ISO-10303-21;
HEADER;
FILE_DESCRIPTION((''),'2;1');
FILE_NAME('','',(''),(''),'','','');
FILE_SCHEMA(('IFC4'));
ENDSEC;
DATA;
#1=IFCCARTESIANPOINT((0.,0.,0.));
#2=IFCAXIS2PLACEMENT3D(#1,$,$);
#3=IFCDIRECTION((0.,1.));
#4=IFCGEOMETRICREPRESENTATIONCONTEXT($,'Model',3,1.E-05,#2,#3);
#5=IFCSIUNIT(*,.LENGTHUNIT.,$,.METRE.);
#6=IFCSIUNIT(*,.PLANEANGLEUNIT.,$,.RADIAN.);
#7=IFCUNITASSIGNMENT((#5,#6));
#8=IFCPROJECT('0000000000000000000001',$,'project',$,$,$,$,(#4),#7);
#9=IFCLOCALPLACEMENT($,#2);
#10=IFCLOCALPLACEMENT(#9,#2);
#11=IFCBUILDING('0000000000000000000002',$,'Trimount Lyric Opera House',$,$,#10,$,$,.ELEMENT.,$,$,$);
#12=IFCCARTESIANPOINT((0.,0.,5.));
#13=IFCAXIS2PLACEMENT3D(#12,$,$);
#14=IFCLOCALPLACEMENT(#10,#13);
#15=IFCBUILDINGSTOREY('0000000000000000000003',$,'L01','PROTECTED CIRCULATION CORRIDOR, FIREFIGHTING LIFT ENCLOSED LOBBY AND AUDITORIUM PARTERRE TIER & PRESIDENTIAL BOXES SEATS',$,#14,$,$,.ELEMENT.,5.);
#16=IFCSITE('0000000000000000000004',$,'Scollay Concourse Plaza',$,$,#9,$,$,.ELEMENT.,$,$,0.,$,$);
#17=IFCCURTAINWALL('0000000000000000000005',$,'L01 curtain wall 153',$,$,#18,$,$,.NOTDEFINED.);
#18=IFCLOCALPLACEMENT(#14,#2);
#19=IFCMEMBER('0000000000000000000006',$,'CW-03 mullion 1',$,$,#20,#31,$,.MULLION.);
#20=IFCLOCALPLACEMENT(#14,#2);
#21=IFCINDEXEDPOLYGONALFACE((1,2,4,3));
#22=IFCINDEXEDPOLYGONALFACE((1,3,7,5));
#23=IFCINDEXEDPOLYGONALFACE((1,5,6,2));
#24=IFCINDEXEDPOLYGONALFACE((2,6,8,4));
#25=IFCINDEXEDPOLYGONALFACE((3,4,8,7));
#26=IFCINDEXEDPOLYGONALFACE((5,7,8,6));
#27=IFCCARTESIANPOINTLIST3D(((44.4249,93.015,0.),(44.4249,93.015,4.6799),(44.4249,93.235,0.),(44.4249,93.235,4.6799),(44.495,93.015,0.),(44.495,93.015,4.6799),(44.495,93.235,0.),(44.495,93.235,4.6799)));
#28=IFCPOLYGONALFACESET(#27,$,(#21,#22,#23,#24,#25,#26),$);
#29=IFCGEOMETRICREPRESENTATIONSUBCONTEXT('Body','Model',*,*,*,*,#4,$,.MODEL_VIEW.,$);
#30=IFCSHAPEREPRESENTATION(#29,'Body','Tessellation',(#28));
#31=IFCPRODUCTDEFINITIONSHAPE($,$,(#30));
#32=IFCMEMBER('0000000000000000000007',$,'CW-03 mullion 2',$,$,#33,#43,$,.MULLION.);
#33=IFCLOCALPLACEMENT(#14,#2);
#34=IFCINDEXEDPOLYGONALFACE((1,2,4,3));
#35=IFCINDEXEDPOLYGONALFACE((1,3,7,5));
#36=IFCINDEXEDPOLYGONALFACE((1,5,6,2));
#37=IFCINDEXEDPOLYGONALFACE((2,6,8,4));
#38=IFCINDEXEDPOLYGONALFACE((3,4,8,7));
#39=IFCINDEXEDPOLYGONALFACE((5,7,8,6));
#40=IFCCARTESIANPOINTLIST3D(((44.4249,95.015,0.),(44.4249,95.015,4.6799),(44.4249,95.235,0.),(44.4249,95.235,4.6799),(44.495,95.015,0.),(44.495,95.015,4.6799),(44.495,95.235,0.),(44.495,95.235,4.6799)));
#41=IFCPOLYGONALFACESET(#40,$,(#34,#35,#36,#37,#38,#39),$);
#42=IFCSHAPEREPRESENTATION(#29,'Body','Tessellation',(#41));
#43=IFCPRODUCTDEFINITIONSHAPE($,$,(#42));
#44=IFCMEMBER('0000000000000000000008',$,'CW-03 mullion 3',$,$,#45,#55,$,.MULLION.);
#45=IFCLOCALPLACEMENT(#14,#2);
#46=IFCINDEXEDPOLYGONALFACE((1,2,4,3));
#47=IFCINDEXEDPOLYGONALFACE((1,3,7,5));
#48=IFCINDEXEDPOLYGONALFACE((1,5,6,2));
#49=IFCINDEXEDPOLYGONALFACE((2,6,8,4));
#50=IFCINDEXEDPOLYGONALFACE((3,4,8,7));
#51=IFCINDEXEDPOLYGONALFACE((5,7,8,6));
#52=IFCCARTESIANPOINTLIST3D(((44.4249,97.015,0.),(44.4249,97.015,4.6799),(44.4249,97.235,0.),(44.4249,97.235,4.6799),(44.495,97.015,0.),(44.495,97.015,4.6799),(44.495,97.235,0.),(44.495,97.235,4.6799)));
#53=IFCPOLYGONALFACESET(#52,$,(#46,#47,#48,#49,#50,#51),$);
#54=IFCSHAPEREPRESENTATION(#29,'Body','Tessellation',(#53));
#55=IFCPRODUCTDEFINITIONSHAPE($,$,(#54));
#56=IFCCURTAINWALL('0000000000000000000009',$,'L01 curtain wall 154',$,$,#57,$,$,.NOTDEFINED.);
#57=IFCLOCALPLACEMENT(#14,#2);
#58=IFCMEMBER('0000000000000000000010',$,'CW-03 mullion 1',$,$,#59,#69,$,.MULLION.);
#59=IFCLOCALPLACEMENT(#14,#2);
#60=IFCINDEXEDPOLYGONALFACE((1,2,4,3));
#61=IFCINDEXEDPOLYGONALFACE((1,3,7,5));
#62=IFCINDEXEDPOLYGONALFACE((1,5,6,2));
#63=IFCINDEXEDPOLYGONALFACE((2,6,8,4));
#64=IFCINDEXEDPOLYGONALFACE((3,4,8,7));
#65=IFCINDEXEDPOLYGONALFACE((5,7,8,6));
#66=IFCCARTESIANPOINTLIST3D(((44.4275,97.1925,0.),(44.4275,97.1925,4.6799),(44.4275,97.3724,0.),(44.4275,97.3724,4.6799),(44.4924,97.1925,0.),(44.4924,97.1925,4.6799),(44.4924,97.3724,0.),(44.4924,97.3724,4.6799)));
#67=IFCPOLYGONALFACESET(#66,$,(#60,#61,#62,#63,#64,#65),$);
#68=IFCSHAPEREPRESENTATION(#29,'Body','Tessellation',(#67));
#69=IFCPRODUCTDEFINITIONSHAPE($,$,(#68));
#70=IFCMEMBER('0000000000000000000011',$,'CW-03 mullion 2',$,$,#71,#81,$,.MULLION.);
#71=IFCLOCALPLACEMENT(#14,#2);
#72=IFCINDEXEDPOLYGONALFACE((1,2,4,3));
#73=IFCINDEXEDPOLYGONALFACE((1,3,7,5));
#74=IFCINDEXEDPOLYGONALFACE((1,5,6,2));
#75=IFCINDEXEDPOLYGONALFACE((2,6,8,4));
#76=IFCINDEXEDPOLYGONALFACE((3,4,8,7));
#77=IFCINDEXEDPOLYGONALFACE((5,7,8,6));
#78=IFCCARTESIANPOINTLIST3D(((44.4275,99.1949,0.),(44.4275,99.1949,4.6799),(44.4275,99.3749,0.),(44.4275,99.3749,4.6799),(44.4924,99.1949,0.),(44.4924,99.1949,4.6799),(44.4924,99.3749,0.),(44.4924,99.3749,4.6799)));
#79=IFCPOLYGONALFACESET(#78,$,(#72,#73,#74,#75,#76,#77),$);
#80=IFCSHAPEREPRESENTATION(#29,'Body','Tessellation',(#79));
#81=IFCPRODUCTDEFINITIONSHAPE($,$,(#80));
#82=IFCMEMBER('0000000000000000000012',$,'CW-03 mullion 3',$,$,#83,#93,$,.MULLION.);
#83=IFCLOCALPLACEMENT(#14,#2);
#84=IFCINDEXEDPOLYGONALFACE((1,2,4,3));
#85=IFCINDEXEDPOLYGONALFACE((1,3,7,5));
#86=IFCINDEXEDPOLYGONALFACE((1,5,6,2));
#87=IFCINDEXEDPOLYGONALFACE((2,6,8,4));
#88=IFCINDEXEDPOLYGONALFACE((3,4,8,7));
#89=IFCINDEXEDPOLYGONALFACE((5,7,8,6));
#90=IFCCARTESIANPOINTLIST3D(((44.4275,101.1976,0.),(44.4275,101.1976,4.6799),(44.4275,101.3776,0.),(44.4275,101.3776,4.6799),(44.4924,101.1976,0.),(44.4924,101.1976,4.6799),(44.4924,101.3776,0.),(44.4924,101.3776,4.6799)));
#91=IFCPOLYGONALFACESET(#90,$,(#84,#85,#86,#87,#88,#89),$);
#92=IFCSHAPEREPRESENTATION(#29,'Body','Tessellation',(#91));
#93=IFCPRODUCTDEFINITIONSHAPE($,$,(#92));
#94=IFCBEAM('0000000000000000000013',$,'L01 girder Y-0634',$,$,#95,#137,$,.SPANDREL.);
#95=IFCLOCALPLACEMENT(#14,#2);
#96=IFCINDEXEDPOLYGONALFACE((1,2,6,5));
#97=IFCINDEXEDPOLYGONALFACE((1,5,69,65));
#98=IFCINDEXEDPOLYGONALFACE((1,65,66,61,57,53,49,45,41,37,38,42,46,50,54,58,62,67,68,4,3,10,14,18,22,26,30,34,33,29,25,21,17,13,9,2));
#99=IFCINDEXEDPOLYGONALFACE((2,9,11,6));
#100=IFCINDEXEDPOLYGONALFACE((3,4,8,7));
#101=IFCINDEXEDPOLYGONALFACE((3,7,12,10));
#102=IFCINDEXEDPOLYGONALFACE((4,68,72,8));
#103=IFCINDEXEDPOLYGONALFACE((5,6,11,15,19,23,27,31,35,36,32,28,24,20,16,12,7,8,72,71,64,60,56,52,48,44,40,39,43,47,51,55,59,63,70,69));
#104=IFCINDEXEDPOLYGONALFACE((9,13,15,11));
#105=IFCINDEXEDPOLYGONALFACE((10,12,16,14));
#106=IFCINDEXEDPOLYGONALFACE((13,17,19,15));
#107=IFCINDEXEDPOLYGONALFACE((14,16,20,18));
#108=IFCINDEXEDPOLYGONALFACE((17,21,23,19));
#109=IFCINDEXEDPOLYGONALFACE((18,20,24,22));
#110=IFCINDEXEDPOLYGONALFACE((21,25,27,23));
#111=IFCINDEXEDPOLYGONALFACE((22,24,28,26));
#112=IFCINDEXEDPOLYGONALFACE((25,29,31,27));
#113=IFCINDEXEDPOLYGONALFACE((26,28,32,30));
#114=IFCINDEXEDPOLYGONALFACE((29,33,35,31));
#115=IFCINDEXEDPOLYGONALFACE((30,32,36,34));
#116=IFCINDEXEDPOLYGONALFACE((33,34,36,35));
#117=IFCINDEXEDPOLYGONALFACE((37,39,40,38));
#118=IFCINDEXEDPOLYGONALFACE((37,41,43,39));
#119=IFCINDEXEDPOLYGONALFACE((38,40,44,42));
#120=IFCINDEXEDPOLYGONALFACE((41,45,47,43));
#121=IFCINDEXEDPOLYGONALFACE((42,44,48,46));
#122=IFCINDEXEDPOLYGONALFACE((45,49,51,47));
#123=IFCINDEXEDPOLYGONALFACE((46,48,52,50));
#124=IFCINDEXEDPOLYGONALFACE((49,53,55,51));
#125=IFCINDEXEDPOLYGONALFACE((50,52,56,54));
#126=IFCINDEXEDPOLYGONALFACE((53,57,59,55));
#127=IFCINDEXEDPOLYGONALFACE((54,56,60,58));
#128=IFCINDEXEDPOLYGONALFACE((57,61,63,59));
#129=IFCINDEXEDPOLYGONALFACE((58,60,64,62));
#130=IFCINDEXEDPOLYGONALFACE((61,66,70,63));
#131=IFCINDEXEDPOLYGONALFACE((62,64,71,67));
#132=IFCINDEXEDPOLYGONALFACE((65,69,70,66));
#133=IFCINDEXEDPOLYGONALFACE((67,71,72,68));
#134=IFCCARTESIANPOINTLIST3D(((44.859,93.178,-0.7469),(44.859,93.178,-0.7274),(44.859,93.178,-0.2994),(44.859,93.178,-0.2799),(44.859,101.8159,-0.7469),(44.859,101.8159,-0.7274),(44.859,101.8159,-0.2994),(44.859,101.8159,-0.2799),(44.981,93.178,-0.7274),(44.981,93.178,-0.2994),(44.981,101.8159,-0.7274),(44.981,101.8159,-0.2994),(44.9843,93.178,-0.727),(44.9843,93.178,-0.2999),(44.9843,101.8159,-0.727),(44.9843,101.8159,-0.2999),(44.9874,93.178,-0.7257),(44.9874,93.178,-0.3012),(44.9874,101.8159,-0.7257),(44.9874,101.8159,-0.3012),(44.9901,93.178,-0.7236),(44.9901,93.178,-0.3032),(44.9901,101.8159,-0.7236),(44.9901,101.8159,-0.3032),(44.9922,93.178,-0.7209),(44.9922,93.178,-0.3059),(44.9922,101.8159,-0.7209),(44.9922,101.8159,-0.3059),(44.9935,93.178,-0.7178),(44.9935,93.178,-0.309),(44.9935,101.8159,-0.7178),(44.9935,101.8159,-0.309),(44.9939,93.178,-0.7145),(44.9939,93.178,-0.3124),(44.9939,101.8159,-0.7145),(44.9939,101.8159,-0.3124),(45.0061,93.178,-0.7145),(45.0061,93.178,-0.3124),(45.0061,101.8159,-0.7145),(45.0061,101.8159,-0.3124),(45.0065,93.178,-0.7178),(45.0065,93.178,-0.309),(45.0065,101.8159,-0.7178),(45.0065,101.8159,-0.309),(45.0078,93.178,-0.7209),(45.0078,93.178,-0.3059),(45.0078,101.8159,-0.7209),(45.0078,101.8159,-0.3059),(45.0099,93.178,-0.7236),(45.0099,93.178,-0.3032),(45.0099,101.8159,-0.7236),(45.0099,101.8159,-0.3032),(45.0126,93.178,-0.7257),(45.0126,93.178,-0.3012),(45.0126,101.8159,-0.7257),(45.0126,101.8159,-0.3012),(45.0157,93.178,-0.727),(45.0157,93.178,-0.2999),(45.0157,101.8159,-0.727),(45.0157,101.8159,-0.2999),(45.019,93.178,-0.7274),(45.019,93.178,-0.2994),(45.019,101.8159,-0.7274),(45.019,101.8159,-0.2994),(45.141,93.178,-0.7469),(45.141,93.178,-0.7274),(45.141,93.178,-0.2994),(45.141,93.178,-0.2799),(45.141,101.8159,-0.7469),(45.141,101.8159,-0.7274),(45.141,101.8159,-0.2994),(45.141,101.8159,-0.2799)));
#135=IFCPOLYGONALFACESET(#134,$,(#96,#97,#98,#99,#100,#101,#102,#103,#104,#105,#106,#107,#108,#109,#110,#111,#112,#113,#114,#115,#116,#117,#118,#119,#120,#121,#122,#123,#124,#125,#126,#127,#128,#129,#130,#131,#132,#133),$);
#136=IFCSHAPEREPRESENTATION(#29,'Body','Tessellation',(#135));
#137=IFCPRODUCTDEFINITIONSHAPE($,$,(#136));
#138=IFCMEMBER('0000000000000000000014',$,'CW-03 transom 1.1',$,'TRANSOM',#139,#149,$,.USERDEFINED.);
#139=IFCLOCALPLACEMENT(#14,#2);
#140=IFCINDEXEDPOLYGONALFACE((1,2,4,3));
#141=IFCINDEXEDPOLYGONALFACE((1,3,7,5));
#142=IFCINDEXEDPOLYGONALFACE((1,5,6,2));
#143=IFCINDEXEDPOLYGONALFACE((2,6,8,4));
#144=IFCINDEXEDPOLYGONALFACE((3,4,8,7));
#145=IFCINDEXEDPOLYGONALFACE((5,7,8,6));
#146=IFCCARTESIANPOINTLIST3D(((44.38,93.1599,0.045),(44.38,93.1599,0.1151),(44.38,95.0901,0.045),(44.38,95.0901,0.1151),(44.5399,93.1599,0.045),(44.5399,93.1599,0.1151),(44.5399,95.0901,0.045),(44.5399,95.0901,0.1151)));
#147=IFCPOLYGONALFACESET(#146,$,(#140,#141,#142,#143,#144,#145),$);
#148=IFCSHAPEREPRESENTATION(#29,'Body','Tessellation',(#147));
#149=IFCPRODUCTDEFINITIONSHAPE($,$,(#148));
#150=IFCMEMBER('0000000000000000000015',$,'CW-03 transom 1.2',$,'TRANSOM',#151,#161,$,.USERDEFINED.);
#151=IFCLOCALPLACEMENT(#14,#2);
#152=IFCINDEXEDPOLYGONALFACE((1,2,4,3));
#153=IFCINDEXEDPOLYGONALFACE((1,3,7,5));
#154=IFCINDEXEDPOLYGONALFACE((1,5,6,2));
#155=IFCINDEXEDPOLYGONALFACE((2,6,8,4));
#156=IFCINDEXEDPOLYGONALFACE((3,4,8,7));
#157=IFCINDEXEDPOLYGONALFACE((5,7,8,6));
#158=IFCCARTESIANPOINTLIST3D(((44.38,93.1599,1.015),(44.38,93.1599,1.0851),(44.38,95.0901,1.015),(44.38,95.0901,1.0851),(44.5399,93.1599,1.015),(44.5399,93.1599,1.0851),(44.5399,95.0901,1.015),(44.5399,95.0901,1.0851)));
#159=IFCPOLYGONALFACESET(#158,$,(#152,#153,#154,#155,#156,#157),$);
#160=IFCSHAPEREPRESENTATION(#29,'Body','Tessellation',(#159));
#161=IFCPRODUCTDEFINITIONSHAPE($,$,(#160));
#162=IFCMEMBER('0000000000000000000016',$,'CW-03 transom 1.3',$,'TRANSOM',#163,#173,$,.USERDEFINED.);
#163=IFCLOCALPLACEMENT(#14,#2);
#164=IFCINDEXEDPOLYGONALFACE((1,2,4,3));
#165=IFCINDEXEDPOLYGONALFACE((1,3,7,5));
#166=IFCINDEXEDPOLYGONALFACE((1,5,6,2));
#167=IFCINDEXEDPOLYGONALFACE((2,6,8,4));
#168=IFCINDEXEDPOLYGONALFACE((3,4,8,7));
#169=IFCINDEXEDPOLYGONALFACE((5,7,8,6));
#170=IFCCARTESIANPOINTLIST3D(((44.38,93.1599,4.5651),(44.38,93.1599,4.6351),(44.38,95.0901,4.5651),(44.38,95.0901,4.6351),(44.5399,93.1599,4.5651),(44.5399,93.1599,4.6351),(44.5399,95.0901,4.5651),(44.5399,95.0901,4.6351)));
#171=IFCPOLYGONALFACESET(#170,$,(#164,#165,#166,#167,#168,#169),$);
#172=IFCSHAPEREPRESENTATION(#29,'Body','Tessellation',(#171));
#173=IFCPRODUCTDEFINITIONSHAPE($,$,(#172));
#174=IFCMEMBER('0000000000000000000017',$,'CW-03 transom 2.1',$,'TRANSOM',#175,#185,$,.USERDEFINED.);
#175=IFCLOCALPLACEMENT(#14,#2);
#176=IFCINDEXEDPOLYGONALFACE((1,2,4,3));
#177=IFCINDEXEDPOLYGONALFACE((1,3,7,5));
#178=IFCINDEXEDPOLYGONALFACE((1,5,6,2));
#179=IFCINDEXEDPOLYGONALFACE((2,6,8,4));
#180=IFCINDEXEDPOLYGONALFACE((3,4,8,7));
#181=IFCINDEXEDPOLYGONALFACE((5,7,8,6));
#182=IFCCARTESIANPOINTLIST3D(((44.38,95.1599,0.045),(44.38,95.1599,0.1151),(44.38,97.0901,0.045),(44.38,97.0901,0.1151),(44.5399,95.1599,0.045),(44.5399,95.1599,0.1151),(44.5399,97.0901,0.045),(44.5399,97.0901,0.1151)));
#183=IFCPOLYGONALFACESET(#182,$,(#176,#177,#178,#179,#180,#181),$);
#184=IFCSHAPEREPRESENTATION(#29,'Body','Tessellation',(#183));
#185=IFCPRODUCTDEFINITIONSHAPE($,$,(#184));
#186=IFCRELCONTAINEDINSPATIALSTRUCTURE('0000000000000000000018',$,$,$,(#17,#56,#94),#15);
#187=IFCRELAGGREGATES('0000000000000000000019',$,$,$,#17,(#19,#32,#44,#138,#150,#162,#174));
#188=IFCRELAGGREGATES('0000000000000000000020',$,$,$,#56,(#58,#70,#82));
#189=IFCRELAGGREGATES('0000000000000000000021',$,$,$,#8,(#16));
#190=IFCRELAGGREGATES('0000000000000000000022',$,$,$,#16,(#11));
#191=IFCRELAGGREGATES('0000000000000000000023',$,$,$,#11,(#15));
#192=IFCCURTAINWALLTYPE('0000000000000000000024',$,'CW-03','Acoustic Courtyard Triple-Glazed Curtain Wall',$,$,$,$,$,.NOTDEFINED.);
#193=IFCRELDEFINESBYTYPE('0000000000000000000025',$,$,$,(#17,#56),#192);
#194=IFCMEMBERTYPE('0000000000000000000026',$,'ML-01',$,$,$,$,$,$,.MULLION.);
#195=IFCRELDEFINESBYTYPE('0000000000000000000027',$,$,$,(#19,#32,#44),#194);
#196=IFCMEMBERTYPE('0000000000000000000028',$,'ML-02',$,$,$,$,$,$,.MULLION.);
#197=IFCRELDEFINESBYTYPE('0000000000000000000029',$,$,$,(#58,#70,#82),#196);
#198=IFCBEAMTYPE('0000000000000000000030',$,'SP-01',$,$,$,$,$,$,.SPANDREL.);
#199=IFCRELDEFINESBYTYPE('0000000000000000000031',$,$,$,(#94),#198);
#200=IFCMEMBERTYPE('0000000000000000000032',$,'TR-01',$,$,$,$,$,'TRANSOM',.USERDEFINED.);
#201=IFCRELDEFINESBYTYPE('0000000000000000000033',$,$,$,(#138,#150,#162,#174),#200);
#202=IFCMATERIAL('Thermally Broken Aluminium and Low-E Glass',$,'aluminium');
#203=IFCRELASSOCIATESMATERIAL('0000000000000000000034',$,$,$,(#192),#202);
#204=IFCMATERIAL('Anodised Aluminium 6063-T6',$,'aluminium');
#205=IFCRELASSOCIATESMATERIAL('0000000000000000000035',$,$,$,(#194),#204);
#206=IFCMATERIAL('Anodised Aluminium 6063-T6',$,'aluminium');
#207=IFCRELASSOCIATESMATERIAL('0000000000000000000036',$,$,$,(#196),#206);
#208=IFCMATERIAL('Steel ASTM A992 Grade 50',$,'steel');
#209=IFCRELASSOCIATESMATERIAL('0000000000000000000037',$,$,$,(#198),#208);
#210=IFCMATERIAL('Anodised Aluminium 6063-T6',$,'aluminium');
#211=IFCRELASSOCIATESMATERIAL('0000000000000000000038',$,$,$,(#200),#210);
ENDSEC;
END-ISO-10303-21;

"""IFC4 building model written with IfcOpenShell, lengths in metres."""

from ifc_helpers import new_model, si_unit, direction, frame, origin, origin_2d, place, context, subcontext, project, spatial, rectangle, i_section, extrude, material, material_profile, profile_set, type_object, element, aggregate, save


model = new_model("IFC4")

# Units and contexts
model_context = context("Model", 3, precision=1e-05, world=origin(), true_north=direction((0.0, 1.0)))
body_context = subcontext(model_context, "Body", "Model", "MODEL_VIEW")
ifc_project = project(units=[si_unit("LENGTHUNIT", "METRE"), si_unit("PLANEANGLEUNIT", "RADIAN")], contexts=[model_context])

# Site, building, storey
site_placement = place(None, origin())
site = spatial("IfcSite", under=ifc_project, at=site_placement, Name="Scollay Concourse Plaza", CompositionType="ELEMENT", RefElevation=0.0)
building_placement = place(site_placement, origin())
building = spatial("IfcBuilding", under=site, at=building_placement, Name="Trimount Lyric Opera House", CompositionType="ELEMENT")
storey_placement = place(building_placement, frame((0.0, 0.0, 5.0)))
storey = spatial("IfcBuildingStorey", under=building, at=storey_placement, Name="L01", Description="PROTECTED CIRCULATION CORRIDOR, FIREFIGHTING LIFT ENCLOSED LOBBY AND AUDITORIUM PARTERRE TIER & PRESIDENTIAL BOXES SEATS", CompositionType="ELEMENT", Elevation=5.0)

# Curtain walls, members
ifc_material_1 = material(Name="Thermally Broken Aluminium and Low-E Glass", Category="aluminium")
curtain_wall_type = type_object("IfcCurtainWallType", Name="CW-03", Description="Acoustic Courtyard Triple-Glazed Curtain Wall", PredefinedType="NOTDEFINED", material=ifc_material_1)
curtain_wall_1_placement = place(storey_placement, origin())
curtain_wall_1 = element("IfcCurtainWall", 1, at=curtain_wall_1_placement, inside=storey, type_object=curtain_wall_type, Name="L01 curtain wall 153", PredefinedType="NOTDEFINED")
ifc_material_2 = material(Name="Anodised Aluminium 6063-T6", Category="aluminium")
ifc_material_profile_1 = material_profile(ifc_material_2, rectangle(XDim=0.0701, YDim=0.22, at=origin_2d()), Name="ALU-MULL-70X220")
ifc_profile_set_1 = profile_set([ifc_material_profile_1], Name="Anodised Aluminium 6063-T6")
member_type_1 = type_object("IfcMemberType", Name="ML-01", PredefinedType="MULLION", material=ifc_profile_set_1)
member_1_placement = place(storey_placement, frame((44.46, 93.125, 0.0), z_axis=(0.0, 0.0, 1.0), x_axis=(-1.0, 0.0, 0.0)))
member_1 = element("IfcMember", 2, at=member_1_placement, type_object=member_type_1, Name="CW-03 mullion 1", PredefinedType="MULLION", context=body_context, shape_type="SweptSolid", body=[
    extrude(rectangle(XDim=0.0701, YDim=0.22, at=origin_2d()), origin(), (0.0, 0.0, 1.0), 4.6799),
])
member_2_placement = place(storey_placement, frame((44.46, 95.125, 0.0), z_axis=(0.0, 0.0, 1.0), x_axis=(-1.0, 0.0, 0.0)))
member_2 = element("IfcMember", 3, at=member_2_placement, type_object=member_type_1, Name="CW-03 mullion 2", PredefinedType="MULLION", context=body_context, shape_type="SweptSolid", body=[
    extrude(rectangle(XDim=0.0701, YDim=0.22, at=origin_2d()), origin(), (0.0, 0.0, 1.0), 4.6799),
])
member_3_placement = place(storey_placement, frame((44.46, 97.125, 0.0), z_axis=(0.0, 0.0, 1.0), x_axis=(-1.0, 0.0, 0.0)))
member_3 = element("IfcMember", 4, at=member_3_placement, type_object=member_type_1, Name="CW-03 mullion 3", PredefinedType="MULLION", context=body_context, shape_type="SweptSolid", body=[
    extrude(rectangle(XDim=0.0701, YDim=0.22, at=origin_2d()), origin(), (0.0, 0.0, 1.0), 4.6799),
])
curtain_wall_2_placement = place(storey_placement, origin())
curtain_wall_2 = element("IfcCurtainWall", 5, at=curtain_wall_2_placement, inside=storey, type_object=curtain_wall_type, Name="L01 curtain wall 154", PredefinedType="NOTDEFINED")
ifc_material_3 = material(Name="Anodised Aluminium 6063-T6", Category="aluminium")
ifc_material_profile_2 = material_profile(ifc_material_3, rectangle(XDim=0.0649, YDim=0.1799, at=origin_2d()), Name="ALU-MULL-65X180")
ifc_profile_set_2 = profile_set([ifc_material_profile_2], Name="Anodised Aluminium 6063-T6")
member_type_2 = type_object("IfcMemberType", Name="ML-02", PredefinedType="MULLION", material=ifc_profile_set_2)
member_4_placement = place(storey_placement, frame((44.46, 97.2825, 0.0), z_axis=(0.0, 0.0, 1.0), x_axis=(-1.0, 0.0, 0.0)))
member_4 = element("IfcMember", 6, at=member_4_placement, type_object=member_type_2, Name="CW-03 mullion 1", PredefinedType="MULLION", context=body_context, shape_type="SweptSolid", body=[
    extrude(rectangle(XDim=0.0649, YDim=0.1799, at=origin_2d()), origin(), (0.0, 0.0, 1.0), 4.6799),
])
member_5_placement = place(storey_placement, frame((44.46, 99.2849, 0.0), z_axis=(0.0, 0.0, 1.0), x_axis=(-1.0, 0.0, 0.0)))
member_5 = element("IfcMember", 7, at=member_5_placement, type_object=member_type_2, Name="CW-03 mullion 2", PredefinedType="MULLION", context=body_context, shape_type="SweptSolid", body=[
    extrude(rectangle(XDim=0.0649, YDim=0.1799, at=origin_2d()), origin(), (0.0, 0.0, 1.0), 4.6799),
])
member_6_placement = place(storey_placement, frame((44.46, 101.2876, 0.0), z_axis=(0.0, 0.0, 1.0), x_axis=(-1.0, 0.0, 0.0)))
member_6 = element("IfcMember", 8, at=member_6_placement, type_object=member_type_2, Name="CW-03 mullion 3", PredefinedType="MULLION", context=body_context, shape_type="SweptSolid", body=[
    extrude(rectangle(XDim=0.0649, YDim=0.1799, at=origin_2d()), origin(), (0.0, 0.0, 1.0), 4.6799),
])

# Beam
ifc_material_4 = material(Name="Steel ASTM A992 Grade 50", Category="steel")
ifc_material_profile_3 = material_profile(ifc_material_4, i_section(OverallWidth=0.282, OverallDepth=0.467, WebThickness=0.0122, FlangeThickness=0.0195, FilletRadius=0.0129, at=origin_2d()), Name="W18X86")
ifc_profile_set_3 = profile_set([ifc_material_profile_3], Name="Steel ASTM A992 Grade 50")
beam_type = type_object("IfcBeamType", Name="SP-01", PredefinedType="SPANDREL", material=ifc_profile_set_3)
beam_placement = place(storey_placement, frame((45.0, 93.178, -0.5134), z_axis=(0.0, 1.0, 0.0), x_axis=(-1.0, 0.0, 0.0)))
element("IfcBeam", 9, at=beam_placement, inside=storey, type_object=beam_type, Name="L01 girder Y-0634", PredefinedType="SPANDREL", context=body_context, shape_type="SweptSolid", body=[
    extrude(i_section(OverallWidth=0.282, OverallDepth=0.467, WebThickness=0.0122, FlangeThickness=0.0195, FilletRadius=0.0129, at=origin_2d()), origin(), (0.0, 0.0, 1.0), 8.6379),
])

# Members
ifc_material_5 = material(Name="Anodised Aluminium 6063-T6", Category="aluminium")
ifc_material_profile_4 = material_profile(ifc_material_5, rectangle(XDim=0.1599, YDim=0.0701, at=origin_2d()), Name="ALU-TRAN-70X160")
ifc_profile_set_4 = profile_set([ifc_material_profile_4], Name="Anodised Aluminium 6063-T6")
member_type_3 = type_object("IfcMemberType", Name="TR-01", ElementType="TRANSOM", PredefinedType="USERDEFINED", material=ifc_profile_set_4)
member_7_placement = place(storey_placement, frame((44.46, 93.1599, 0.0801), z_axis=(0.0, 1.0, 0.0), x_axis=(-1.0, 0.0, 0.0)))
member_7 = element("IfcMember", 10, at=member_7_placement, type_object=member_type_3, Name="CW-03 transom 1.1", ObjectType="TRANSOM", PredefinedType="USERDEFINED", context=body_context, shape_type="SweptSolid", body=[
    extrude(rectangle(XDim=0.1599, YDim=0.0701, at=origin_2d()), origin(), (0.0, 0.0, 1.0), 1.9302),
])
member_8_placement = place(storey_placement, frame((44.46, 93.1599, 1.05), z_axis=(0.0, 1.0, 0.0), x_axis=(-1.0, 0.0, 0.0)))
member_8 = element("IfcMember", 11, at=member_8_placement, type_object=member_type_3, Name="CW-03 transom 1.2", ObjectType="TRANSOM", PredefinedType="USERDEFINED", context=body_context, shape_type="SweptSolid", body=[
    extrude(rectangle(XDim=0.1599, YDim=0.0701, at=origin_2d()), origin(), (0.0, 0.0, 1.0), 1.9302),
])
member_9_placement = place(storey_placement, frame((44.46, 93.1599, 4.6001), z_axis=(0.0, 1.0, 0.0), x_axis=(-1.0, 0.0, 0.0)))
member_9 = element("IfcMember", 12, at=member_9_placement, type_object=member_type_3, Name="CW-03 transom 1.3", ObjectType="TRANSOM", PredefinedType="USERDEFINED", context=body_context, shape_type="SweptSolid", body=[
    extrude(rectangle(XDim=0.1599, YDim=0.0701, at=origin_2d()), origin(), (0.0, 0.0, 1.0), 1.9302),
])
member_10_placement = place(storey_placement, frame((44.46, 95.1599, 0.0801), z_axis=(0.0, 1.0, 0.0), x_axis=(-1.0, 0.0, 0.0)))
member_10 = element("IfcMember", 13, at=member_10_placement, type_object=member_type_3, Name="CW-03 transom 2.1", ObjectType="TRANSOM", PredefinedType="USERDEFINED", context=body_context, shape_type="SweptSolid", body=[
    extrude(rectangle(XDim=0.1599, YDim=0.0701, at=origin_2d()), origin(), (0.0, 0.0, 1.0), 1.9302),
])

aggregate(curtain_wall_1, [member_1, member_2, member_3, member_7, member_8, member_9, member_10])
aggregate(curtain_wall_2, [member_4, member_5, member_6])

save(model, "model.ifc")
